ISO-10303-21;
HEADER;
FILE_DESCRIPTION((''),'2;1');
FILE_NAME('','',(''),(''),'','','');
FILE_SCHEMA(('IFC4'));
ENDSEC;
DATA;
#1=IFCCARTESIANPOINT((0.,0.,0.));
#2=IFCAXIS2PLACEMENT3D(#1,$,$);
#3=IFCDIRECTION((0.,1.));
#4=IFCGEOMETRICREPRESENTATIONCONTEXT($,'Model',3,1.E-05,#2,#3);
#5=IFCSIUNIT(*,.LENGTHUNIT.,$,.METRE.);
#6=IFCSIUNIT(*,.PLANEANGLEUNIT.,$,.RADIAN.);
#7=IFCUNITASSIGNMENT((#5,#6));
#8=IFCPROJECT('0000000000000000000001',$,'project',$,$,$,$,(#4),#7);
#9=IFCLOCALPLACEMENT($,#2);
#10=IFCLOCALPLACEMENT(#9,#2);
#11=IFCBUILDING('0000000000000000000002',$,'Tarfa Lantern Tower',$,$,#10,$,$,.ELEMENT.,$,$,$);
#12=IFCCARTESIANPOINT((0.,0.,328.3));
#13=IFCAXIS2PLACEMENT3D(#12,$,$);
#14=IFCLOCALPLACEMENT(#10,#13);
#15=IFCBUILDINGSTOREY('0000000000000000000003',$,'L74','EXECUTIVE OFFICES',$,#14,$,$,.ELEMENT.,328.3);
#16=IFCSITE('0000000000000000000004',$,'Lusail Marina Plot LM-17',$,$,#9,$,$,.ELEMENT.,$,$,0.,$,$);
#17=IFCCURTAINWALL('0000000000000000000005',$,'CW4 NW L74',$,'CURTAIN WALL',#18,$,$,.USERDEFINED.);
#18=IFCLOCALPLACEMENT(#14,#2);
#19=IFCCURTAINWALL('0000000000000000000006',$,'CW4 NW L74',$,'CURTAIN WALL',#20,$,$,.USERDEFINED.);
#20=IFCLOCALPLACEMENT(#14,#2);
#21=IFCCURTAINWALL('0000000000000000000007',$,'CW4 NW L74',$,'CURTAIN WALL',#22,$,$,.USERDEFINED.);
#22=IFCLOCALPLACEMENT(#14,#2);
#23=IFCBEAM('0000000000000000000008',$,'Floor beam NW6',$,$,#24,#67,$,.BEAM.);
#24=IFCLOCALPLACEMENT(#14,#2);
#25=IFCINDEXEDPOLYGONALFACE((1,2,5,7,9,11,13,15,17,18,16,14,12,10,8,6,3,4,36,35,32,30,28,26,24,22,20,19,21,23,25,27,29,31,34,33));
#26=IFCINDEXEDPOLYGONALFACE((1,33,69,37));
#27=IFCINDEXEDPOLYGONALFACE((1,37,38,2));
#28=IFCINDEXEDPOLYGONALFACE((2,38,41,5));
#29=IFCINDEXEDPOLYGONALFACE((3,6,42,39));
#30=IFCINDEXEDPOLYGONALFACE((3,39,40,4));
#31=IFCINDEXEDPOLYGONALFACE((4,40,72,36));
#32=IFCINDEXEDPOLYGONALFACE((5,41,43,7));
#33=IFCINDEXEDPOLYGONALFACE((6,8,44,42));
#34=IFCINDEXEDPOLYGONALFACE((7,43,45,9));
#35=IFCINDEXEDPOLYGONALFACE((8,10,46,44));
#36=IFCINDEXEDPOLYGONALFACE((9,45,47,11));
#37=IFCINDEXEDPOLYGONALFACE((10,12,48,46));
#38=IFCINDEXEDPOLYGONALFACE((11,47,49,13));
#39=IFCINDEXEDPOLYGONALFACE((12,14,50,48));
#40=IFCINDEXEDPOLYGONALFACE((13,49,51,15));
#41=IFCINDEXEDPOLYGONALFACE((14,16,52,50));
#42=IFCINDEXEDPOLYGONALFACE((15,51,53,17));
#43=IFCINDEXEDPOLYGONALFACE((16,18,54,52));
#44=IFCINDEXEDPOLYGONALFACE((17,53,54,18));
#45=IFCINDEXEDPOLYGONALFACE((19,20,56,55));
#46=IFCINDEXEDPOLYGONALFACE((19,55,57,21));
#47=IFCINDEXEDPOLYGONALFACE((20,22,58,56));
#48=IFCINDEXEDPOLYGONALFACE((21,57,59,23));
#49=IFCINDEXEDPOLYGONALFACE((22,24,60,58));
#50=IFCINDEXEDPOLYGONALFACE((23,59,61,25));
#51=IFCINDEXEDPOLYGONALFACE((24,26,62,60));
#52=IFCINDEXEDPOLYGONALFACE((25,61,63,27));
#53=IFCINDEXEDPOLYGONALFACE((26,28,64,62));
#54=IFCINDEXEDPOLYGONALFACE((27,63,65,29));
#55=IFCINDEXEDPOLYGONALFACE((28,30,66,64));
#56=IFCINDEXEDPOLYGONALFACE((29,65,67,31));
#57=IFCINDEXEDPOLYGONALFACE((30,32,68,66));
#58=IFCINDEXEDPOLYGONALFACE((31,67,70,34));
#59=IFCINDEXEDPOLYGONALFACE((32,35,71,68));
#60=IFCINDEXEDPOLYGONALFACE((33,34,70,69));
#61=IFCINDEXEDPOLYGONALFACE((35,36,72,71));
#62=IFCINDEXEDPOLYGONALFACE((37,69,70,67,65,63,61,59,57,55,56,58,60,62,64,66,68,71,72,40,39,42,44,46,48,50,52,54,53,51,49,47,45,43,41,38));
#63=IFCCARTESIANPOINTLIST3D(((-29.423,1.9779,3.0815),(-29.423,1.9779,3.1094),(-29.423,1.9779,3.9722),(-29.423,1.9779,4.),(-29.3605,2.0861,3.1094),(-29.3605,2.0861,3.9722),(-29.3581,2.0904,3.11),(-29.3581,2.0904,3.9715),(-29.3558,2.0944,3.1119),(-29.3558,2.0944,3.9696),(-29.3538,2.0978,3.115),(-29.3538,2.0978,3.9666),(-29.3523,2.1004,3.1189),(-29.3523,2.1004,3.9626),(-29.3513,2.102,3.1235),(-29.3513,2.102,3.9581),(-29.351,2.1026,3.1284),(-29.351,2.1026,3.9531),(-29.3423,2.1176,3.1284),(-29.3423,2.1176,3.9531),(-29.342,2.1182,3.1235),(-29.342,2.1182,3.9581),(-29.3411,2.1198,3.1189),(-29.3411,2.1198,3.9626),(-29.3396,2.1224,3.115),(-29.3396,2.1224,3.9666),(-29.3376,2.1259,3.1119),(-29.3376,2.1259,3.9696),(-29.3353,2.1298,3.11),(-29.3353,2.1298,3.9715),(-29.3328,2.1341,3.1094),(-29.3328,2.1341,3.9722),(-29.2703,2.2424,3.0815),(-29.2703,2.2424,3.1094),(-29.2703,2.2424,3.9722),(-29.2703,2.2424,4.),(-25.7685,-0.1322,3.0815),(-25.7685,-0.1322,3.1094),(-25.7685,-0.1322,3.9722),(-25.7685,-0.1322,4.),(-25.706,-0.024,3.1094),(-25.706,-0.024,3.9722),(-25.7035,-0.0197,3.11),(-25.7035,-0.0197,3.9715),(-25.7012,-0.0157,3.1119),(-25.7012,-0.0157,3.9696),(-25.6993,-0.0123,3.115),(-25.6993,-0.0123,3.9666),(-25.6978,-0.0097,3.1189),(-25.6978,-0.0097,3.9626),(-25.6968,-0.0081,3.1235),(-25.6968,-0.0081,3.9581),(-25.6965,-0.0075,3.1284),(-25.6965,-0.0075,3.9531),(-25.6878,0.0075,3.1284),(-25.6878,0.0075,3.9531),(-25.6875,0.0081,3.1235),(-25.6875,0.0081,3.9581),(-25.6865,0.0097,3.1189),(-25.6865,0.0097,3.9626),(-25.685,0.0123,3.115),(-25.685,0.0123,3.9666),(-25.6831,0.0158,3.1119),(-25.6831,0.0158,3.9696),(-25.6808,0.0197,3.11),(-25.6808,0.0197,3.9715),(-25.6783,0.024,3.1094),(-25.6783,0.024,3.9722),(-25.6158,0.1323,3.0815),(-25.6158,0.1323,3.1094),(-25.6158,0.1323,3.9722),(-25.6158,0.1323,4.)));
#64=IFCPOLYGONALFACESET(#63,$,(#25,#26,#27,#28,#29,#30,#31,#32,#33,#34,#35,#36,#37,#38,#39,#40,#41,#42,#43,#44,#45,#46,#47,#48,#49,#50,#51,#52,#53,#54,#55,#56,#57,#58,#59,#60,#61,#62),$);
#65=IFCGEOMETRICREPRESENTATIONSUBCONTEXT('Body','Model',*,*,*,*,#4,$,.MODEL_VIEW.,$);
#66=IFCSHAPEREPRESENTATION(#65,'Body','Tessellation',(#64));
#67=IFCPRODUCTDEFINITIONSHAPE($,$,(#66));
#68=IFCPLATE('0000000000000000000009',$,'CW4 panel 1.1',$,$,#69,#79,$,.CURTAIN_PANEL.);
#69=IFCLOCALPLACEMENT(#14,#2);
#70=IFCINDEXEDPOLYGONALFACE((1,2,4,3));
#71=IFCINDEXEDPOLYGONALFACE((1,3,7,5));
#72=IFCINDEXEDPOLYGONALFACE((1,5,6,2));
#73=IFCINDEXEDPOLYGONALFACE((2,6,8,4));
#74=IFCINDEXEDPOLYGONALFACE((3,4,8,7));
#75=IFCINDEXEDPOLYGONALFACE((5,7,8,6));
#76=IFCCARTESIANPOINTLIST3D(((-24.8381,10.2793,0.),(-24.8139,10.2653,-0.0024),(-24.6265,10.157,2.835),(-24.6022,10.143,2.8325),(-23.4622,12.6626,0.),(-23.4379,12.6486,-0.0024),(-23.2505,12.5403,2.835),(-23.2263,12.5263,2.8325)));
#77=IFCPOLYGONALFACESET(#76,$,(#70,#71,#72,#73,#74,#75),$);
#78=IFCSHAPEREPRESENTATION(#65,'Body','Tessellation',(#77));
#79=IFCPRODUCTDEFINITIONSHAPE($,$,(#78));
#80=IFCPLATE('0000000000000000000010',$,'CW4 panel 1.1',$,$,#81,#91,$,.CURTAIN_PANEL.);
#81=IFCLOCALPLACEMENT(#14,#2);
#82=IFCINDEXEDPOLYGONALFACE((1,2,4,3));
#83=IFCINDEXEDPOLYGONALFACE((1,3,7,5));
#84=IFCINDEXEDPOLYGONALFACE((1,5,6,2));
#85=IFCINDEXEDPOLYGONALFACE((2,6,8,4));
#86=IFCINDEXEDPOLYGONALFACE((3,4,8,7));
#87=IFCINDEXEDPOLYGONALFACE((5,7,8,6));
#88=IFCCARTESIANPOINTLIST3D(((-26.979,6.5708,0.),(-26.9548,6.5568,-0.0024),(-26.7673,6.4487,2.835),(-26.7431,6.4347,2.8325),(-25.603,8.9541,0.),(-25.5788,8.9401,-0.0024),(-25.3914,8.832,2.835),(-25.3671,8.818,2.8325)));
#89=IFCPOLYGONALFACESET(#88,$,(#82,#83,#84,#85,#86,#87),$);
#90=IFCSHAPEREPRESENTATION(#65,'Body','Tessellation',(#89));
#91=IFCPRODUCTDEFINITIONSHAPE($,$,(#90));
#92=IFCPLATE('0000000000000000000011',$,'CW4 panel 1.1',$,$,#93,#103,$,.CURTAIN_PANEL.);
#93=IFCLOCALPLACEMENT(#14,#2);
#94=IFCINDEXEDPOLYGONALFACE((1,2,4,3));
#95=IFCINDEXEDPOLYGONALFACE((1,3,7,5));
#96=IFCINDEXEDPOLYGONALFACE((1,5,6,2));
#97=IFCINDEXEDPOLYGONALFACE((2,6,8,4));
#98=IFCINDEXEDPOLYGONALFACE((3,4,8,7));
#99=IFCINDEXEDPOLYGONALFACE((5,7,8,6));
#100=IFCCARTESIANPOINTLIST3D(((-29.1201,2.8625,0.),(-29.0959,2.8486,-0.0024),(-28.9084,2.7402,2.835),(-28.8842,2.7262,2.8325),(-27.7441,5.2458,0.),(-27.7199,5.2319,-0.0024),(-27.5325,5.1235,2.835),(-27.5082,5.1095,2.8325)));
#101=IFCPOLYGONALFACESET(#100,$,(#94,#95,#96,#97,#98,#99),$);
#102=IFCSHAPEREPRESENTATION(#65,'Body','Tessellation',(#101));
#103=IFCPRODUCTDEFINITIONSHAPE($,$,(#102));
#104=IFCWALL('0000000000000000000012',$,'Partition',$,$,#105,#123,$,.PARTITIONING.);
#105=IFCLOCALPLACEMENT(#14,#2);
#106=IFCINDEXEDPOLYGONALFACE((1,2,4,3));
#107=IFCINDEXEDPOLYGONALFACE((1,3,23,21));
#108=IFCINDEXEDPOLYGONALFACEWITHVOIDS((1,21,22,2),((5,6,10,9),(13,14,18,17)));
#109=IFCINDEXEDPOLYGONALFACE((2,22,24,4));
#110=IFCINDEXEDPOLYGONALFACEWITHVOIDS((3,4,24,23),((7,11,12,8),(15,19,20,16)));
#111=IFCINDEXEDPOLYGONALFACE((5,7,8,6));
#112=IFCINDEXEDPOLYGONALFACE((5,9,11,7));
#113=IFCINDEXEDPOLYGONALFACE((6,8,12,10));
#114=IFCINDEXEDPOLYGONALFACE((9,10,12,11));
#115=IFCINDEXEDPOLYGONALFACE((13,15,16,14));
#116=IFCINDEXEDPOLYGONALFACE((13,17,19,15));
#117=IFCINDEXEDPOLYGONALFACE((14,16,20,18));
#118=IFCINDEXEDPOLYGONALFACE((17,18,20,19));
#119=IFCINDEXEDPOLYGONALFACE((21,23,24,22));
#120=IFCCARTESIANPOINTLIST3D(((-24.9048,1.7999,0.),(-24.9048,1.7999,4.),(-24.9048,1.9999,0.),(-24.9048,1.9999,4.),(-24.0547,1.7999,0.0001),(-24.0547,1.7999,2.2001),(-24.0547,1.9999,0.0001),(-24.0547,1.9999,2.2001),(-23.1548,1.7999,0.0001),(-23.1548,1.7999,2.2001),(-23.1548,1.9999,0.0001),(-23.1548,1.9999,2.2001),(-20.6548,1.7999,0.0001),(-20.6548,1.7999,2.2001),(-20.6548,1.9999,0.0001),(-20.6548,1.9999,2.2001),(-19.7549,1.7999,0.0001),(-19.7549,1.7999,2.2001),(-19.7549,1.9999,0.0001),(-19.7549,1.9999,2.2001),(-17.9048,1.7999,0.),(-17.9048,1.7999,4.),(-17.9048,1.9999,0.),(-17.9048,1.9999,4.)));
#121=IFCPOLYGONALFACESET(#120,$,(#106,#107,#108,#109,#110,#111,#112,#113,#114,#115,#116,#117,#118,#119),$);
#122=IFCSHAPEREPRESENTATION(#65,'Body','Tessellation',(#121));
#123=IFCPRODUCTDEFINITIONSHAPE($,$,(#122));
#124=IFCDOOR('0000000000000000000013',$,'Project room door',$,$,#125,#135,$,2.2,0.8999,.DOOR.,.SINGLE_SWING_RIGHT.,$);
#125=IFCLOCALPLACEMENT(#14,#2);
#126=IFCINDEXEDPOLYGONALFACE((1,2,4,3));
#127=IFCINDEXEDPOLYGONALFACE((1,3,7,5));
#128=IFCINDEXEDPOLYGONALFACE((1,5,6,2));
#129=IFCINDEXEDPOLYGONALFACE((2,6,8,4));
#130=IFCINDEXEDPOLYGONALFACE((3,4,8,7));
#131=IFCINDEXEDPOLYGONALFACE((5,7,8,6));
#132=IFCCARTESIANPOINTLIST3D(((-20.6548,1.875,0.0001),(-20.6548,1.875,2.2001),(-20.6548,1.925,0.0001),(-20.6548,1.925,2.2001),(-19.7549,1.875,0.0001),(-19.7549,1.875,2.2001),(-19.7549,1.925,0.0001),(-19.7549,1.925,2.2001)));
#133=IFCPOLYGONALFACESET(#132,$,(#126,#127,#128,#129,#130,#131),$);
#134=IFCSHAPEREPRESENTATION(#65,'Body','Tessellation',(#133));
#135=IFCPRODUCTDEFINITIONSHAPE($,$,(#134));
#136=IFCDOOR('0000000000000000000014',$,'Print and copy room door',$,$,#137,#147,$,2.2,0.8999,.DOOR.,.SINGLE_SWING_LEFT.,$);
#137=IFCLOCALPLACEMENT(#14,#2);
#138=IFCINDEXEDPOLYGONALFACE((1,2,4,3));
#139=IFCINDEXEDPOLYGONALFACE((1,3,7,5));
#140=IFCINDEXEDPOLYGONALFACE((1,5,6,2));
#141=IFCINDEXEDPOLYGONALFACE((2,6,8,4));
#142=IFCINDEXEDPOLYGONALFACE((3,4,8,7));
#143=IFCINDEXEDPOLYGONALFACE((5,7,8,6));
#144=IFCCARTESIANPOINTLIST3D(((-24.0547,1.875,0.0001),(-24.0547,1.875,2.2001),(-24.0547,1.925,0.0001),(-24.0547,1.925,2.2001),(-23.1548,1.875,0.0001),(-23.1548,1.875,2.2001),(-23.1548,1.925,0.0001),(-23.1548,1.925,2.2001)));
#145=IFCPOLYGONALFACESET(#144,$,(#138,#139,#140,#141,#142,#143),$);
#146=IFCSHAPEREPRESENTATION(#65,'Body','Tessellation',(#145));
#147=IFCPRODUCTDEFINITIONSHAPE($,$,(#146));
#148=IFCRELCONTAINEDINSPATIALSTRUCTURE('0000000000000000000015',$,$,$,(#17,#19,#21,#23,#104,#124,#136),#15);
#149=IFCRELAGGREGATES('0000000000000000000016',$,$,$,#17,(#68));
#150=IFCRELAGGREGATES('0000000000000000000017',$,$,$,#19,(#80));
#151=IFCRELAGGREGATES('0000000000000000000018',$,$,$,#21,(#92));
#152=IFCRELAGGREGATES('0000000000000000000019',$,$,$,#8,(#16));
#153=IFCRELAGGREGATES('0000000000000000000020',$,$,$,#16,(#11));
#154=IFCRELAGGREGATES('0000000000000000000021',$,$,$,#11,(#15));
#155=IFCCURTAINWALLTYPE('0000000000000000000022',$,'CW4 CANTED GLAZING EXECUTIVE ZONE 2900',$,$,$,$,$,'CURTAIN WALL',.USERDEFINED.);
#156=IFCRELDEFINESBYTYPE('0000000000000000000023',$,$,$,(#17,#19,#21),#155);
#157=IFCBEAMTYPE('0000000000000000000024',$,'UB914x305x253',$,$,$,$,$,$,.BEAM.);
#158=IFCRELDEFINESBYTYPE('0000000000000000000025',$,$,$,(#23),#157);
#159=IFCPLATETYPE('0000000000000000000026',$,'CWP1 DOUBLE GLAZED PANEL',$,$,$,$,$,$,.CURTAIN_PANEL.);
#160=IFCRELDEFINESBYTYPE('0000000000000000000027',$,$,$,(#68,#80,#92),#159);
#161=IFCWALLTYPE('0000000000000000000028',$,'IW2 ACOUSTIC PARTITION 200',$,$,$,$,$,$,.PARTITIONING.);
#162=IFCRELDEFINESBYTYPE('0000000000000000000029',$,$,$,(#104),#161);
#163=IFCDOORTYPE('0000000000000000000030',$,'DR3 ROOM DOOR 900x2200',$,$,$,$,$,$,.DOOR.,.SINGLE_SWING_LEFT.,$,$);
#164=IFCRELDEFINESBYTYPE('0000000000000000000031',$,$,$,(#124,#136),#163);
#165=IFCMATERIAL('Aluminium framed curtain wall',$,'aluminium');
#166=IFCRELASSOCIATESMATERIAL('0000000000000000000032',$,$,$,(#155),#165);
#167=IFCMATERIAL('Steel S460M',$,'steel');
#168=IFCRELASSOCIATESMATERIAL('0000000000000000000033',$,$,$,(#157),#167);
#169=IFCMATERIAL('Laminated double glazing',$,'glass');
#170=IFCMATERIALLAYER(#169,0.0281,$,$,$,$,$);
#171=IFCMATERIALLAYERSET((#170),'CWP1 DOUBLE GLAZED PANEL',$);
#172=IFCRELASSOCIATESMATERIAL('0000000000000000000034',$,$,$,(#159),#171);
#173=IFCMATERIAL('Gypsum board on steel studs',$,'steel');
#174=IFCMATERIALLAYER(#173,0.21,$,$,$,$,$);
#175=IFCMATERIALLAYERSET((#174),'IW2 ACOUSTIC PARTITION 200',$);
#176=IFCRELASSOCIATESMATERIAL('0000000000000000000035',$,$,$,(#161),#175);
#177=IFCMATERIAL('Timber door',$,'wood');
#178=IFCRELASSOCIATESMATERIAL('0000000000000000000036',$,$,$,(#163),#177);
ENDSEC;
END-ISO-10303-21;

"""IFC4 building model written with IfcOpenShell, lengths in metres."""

from ifc_helpers import new_model, si_unit, direction, frame, frame_2d, origin, origin_2d, place, context, subcontext, project, spatial, polyline, rectangle, i_section, outline, extrude, material, layer, layer_set, material_profile, profile_set, type_object, element, fill, aggregate, save


model = new_model("IFC4")

# Units and contexts
model_context = context("Model", 3, precision=1e-05, world=origin(), true_north=direction((0.0, 1.0)))
body_context = subcontext(model_context, "Body", "Model", "MODEL_VIEW")
ifc_project = project(units=[si_unit("LENGTHUNIT", "METRE"), si_unit("PLANEANGLEUNIT", "RADIAN")], contexts=[model_context])

# Site, building, storey
site_placement = place(None, origin())
site = spatial("IfcSite", under=ifc_project, at=site_placement, Name="Lusail Marina Plot LM-17", CompositionType="ELEMENT", RefElevation=0.0)
building_placement = place(site_placement, origin())
building = spatial("IfcBuilding", under=site, at=building_placement, Name="Tarfa Lantern Tower", CompositionType="ELEMENT")
storey_placement = place(building_placement, frame((0.0, 0.0, 328.3)))
storey = spatial("IfcBuildingStorey", under=building, at=storey_placement, Name="L74", Description="EXECUTIVE OFFICES", CompositionType="ELEMENT", Elevation=328.3)

# Curtain wall
ifc_material_1 = material(Name="Aluminium framed curtain wall", Category="aluminium")
curtain_wall_type = type_object("IfcCurtainWallType", Name="CW4 CANTED GLAZING EXECUTIVE ZONE 2900", ElementType="CURTAIN WALL", PredefinedType="USERDEFINED", material=ifc_material_1)
curtain_wall_1_placement = place(storey_placement, origin())
curtain_wall_1 = element("IfcCurtainWall", 1, at=curtain_wall_1_placement, inside=storey, type_object=curtain_wall_type, Name="CW4 NW L74", ObjectType="CURTAIN WALL", PredefinedType="USERDEFINED")

# Curtain walls
curtain_wall_2_placement = place(storey_placement, origin())
curtain_wall_2 = element("IfcCurtainWall", 2, at=curtain_wall_2_placement, inside=storey, type_object=curtain_wall_type, Name="CW4 NW L74", ObjectType="CURTAIN WALL", PredefinedType="USERDEFINED")
curtain_wall_3_placement = place(storey_placement, origin())
curtain_wall_3 = element("IfcCurtainWall", 3, at=curtain_wall_3_placement, inside=storey, type_object=curtain_wall_type, Name="CW4 NW L74", ObjectType="CURTAIN WALL", PredefinedType="USERDEFINED")

# Beam
ifc_material_2 = material(Name="Steel S460M", Category="steel")
ifc_material_profile_1 = material_profile(ifc_material_2, i_section(OverallWidth=0.3054, OverallDepth=0.9185, WebThickness=0.0173, FlangeThickness=0.0278, FilletRadius=0.019, at=origin_2d()), Name="UB914x305x253")
ifc_profile_set_1 = profile_set([ifc_material_profile_1], Name="Steel S460M")
beam_type_1 = type_object("IfcBeamType", Name="UB914x305x253", PredefinedType="BEAM", material=ifc_profile_set_1)
beam_1_placement = place(storey_placement, frame((-29.3467, 2.1101, 3.5408), z_axis=(0.866009, -0.500028, 0.0), x_axis=(0.500028, 0.866009, 0.0)))
element("IfcBeam", 4, at=beam_1_placement, inside=storey, type_object=beam_type_1, Name="Floor beam NW6", PredefinedType="BEAM", context=body_context, shape_type="SweptSolid", body=[
    extrude(i_section(OverallWidth=0.3054, OverallDepth=0.9185, WebThickness=0.0173, FlangeThickness=0.0278, FilletRadius=0.019, at=origin_2d()), origin(), (0.0, 0.0, 1.0), 4.22),
])

# Plates
ifc_material_3 = material(Name="Laminated double glazing", Category="glass")
ifc_layer_1 = layer(ifc_material_3, 0.0281)
ifc_layer_set_1 = layer_set([ifc_layer_1], Name="CWP1 DOUBLE GLAZED PANEL")
plate_type = type_object("IfcPlateType", Name="CWP1 DOUBLE GLAZED PANEL", PredefinedType="CURTAIN_PANEL", material=ifc_layer_set_1)
plate_1_placement = place(storey_placement, frame((-23.4622, 12.6626, 0.0), z_axis=(-0.862827, 0.498145, 0.085915), x_axis=(-0.499994, -0.866029, 0.0)))
plate_1 = element("IfcPlate", 5, at=plate_1_placement, type_object=plate_type, Name="CW4 panel 1.1", PredefinedType="CURTAIN_PANEL", context=body_context, shape_type="SweptSolid", body=[
    extrude(outline(polyline([(0.0, 0.0), (2.752, 0.0), (2.7521, 2.8455), (0.0001, 2.8455), (0.0, 0.0)])), origin(), (0.0, 0.0, -1.0), 0.0281),
])
aggregate(curtain_wall_1, [plate_1])
plate_2_placement = place(storey_placement, frame((-25.603, 8.9541, 0.0), z_axis=(-0.86283, 0.498147, 0.085872), x_axis=(-0.499994, -0.866029, 0.0)))
plate_2 = element("IfcPlate", 6, at=plate_2_placement, type_object=plate_type, Name="CW4 panel 1.1", PredefinedType="CURTAIN_PANEL", context=body_context, shape_type="SweptSolid", body=[
    extrude(outline(polyline([(0.0, 0.0), (2.752, 0.0), (2.7519, 2.8455), (-0.0001, 2.8455), (0.0, 0.0)])), origin(), (0.0, 0.0, -1.0), 0.0281),
])
aggregate(curtain_wall_2, [plate_2])
plate_3_placement = place(storey_placement, frame((-27.7441, 5.2458, 0.0), z_axis=(-0.862827, 0.498145, 0.085915), x_axis=(-0.499994, -0.866029, 0.0)))
plate_3 = element("IfcPlate", 7, at=plate_3_placement, type_object=plate_type, Name="CW4 panel 1.1", PredefinedType="CURTAIN_PANEL", context=body_context, shape_type="SweptSolid", body=[
    extrude(outline(polyline([(0.0, 0.0), (2.752, 0.0), (2.7521, 2.8455), (0.0001, 2.8455), (0.0, 0.0)])), origin(), (0.0, 0.0, -1.0), 0.0281),
])
aggregate(curtain_wall_3, [plate_3])

# Wall, openings, doors
ifc_material_4 = material(Name="Gypsum board on steel studs", Category="steel")
ifc_layer_2 = layer(ifc_material_4, 0.21)
ifc_layer_set_2 = layer_set([ifc_layer_2], Name="IW2 ACOUSTIC PARTITION 200")
wall_type = type_object("IfcWallType", Name="IW2 ACOUSTIC PARTITION 200", PredefinedType="PARTITIONING", material=ifc_layer_set_2)
wall_placement = place(storey_placement, frame((-17.9048, 1.8999, 0.0), z_axis=(0.0, 0.0, 1.0), x_axis=(-1.0, 0.0, 0.0)))
wall = element("IfcWall", 8, at=wall_placement, inside=storey, type_object=wall_type, Name="Partition", PredefinedType="PARTITIONING", context=body_context, shape_type="SweptSolid", body=[
    extrude(rectangle(XDim=7.0, YDim=0.2, at=frame_2d((3.5, 0.0))), origin(), (0.0, 0.0, 1.0), 4.0),
])
opening_1_placement = place(wall_placement, frame((1.8501, 0.0, 0.0)))
opening_1 = element("IfcOpeningElement", 9, at=opening_1_placement, cuts=wall, PredefinedType="OPENING", context=body_context, shape_type="SweptSolid", body=[
    extrude(rectangle(XDim=0.8999, YDim=2.2, at=frame_2d((0.45, 1.1001))), frame((0.0, 0.1099, 0.0), z_axis=(0.0, -1.0, 0.0), x_axis=(1.0, 0.0, 0.0)), (0.0, 0.0, 1.0), 0.22),
])
opening_2_placement = place(wall_placement, frame((5.25, 0.0, 0.0)))
opening_2 = element("IfcOpeningElement", 10, at=opening_2_placement, cuts=wall, PredefinedType="OPENING", context=body_context, shape_type="SweptSolid", body=[
    extrude(rectangle(XDim=0.8999, YDim=2.2, at=frame_2d((0.45, 1.1001))), frame((0.0, 0.1099, 0.0), z_axis=(0.0, -1.0, 0.0), x_axis=(1.0, 0.0, 0.0)), (0.0, 0.0, 1.0), 0.22),
])
ifc_material_5 = material(Name="Timber door", Category="wood")
door_type = type_object("IfcDoorType", Name="DR3 ROOM DOOR 900x2200", OperationType="SINGLE_SWING_LEFT", PredefinedType="DOOR", material=ifc_material_5)
door_1_placement = place(opening_1_placement, origin())
door_1 = element("IfcDoor", 11, at=door_1_placement, inside=storey, type_object=door_type, Name="Project room door", OperationType="SINGLE_SWING_RIGHT", OverallHeight=2.2, OverallWidth=0.8999, PredefinedType="DOOR", context=body_context, shape_type="SweptSolid", body=[
    extrude(rectangle(XDim=0.8999, YDim=2.2, at=frame_2d((0.45, 1.1001))), frame((0.0, 0.0249, 0.0), z_axis=(0.0, -1.0, 0.0), x_axis=(1.0, 0.0, 0.0)), (0.0, 0.0, 1.0), 0.05),
])
fill(opening_1, door_1)
door_2_placement = place(opening_2_placement, origin())
door_2 = element("IfcDoor", 12, at=door_2_placement, inside=storey, type_object=door_type, Name="Print and copy room door", OperationType="SINGLE_SWING_LEFT", OverallHeight=2.2, OverallWidth=0.8999, PredefinedType="DOOR", context=body_context, shape_type="SweptSolid", body=[
    extrude(rectangle(XDim=0.8999, YDim=2.2, at=frame_2d((0.45, 1.1001))), frame((0.0, 0.0249, 0.0), z_axis=(0.0, -1.0, 0.0), x_axis=(1.0, 0.0, 0.0)), (0.0, 0.0, 1.0), 0.05),
])
fill(opening_2, door_2)

save(model, "model.ifc")
